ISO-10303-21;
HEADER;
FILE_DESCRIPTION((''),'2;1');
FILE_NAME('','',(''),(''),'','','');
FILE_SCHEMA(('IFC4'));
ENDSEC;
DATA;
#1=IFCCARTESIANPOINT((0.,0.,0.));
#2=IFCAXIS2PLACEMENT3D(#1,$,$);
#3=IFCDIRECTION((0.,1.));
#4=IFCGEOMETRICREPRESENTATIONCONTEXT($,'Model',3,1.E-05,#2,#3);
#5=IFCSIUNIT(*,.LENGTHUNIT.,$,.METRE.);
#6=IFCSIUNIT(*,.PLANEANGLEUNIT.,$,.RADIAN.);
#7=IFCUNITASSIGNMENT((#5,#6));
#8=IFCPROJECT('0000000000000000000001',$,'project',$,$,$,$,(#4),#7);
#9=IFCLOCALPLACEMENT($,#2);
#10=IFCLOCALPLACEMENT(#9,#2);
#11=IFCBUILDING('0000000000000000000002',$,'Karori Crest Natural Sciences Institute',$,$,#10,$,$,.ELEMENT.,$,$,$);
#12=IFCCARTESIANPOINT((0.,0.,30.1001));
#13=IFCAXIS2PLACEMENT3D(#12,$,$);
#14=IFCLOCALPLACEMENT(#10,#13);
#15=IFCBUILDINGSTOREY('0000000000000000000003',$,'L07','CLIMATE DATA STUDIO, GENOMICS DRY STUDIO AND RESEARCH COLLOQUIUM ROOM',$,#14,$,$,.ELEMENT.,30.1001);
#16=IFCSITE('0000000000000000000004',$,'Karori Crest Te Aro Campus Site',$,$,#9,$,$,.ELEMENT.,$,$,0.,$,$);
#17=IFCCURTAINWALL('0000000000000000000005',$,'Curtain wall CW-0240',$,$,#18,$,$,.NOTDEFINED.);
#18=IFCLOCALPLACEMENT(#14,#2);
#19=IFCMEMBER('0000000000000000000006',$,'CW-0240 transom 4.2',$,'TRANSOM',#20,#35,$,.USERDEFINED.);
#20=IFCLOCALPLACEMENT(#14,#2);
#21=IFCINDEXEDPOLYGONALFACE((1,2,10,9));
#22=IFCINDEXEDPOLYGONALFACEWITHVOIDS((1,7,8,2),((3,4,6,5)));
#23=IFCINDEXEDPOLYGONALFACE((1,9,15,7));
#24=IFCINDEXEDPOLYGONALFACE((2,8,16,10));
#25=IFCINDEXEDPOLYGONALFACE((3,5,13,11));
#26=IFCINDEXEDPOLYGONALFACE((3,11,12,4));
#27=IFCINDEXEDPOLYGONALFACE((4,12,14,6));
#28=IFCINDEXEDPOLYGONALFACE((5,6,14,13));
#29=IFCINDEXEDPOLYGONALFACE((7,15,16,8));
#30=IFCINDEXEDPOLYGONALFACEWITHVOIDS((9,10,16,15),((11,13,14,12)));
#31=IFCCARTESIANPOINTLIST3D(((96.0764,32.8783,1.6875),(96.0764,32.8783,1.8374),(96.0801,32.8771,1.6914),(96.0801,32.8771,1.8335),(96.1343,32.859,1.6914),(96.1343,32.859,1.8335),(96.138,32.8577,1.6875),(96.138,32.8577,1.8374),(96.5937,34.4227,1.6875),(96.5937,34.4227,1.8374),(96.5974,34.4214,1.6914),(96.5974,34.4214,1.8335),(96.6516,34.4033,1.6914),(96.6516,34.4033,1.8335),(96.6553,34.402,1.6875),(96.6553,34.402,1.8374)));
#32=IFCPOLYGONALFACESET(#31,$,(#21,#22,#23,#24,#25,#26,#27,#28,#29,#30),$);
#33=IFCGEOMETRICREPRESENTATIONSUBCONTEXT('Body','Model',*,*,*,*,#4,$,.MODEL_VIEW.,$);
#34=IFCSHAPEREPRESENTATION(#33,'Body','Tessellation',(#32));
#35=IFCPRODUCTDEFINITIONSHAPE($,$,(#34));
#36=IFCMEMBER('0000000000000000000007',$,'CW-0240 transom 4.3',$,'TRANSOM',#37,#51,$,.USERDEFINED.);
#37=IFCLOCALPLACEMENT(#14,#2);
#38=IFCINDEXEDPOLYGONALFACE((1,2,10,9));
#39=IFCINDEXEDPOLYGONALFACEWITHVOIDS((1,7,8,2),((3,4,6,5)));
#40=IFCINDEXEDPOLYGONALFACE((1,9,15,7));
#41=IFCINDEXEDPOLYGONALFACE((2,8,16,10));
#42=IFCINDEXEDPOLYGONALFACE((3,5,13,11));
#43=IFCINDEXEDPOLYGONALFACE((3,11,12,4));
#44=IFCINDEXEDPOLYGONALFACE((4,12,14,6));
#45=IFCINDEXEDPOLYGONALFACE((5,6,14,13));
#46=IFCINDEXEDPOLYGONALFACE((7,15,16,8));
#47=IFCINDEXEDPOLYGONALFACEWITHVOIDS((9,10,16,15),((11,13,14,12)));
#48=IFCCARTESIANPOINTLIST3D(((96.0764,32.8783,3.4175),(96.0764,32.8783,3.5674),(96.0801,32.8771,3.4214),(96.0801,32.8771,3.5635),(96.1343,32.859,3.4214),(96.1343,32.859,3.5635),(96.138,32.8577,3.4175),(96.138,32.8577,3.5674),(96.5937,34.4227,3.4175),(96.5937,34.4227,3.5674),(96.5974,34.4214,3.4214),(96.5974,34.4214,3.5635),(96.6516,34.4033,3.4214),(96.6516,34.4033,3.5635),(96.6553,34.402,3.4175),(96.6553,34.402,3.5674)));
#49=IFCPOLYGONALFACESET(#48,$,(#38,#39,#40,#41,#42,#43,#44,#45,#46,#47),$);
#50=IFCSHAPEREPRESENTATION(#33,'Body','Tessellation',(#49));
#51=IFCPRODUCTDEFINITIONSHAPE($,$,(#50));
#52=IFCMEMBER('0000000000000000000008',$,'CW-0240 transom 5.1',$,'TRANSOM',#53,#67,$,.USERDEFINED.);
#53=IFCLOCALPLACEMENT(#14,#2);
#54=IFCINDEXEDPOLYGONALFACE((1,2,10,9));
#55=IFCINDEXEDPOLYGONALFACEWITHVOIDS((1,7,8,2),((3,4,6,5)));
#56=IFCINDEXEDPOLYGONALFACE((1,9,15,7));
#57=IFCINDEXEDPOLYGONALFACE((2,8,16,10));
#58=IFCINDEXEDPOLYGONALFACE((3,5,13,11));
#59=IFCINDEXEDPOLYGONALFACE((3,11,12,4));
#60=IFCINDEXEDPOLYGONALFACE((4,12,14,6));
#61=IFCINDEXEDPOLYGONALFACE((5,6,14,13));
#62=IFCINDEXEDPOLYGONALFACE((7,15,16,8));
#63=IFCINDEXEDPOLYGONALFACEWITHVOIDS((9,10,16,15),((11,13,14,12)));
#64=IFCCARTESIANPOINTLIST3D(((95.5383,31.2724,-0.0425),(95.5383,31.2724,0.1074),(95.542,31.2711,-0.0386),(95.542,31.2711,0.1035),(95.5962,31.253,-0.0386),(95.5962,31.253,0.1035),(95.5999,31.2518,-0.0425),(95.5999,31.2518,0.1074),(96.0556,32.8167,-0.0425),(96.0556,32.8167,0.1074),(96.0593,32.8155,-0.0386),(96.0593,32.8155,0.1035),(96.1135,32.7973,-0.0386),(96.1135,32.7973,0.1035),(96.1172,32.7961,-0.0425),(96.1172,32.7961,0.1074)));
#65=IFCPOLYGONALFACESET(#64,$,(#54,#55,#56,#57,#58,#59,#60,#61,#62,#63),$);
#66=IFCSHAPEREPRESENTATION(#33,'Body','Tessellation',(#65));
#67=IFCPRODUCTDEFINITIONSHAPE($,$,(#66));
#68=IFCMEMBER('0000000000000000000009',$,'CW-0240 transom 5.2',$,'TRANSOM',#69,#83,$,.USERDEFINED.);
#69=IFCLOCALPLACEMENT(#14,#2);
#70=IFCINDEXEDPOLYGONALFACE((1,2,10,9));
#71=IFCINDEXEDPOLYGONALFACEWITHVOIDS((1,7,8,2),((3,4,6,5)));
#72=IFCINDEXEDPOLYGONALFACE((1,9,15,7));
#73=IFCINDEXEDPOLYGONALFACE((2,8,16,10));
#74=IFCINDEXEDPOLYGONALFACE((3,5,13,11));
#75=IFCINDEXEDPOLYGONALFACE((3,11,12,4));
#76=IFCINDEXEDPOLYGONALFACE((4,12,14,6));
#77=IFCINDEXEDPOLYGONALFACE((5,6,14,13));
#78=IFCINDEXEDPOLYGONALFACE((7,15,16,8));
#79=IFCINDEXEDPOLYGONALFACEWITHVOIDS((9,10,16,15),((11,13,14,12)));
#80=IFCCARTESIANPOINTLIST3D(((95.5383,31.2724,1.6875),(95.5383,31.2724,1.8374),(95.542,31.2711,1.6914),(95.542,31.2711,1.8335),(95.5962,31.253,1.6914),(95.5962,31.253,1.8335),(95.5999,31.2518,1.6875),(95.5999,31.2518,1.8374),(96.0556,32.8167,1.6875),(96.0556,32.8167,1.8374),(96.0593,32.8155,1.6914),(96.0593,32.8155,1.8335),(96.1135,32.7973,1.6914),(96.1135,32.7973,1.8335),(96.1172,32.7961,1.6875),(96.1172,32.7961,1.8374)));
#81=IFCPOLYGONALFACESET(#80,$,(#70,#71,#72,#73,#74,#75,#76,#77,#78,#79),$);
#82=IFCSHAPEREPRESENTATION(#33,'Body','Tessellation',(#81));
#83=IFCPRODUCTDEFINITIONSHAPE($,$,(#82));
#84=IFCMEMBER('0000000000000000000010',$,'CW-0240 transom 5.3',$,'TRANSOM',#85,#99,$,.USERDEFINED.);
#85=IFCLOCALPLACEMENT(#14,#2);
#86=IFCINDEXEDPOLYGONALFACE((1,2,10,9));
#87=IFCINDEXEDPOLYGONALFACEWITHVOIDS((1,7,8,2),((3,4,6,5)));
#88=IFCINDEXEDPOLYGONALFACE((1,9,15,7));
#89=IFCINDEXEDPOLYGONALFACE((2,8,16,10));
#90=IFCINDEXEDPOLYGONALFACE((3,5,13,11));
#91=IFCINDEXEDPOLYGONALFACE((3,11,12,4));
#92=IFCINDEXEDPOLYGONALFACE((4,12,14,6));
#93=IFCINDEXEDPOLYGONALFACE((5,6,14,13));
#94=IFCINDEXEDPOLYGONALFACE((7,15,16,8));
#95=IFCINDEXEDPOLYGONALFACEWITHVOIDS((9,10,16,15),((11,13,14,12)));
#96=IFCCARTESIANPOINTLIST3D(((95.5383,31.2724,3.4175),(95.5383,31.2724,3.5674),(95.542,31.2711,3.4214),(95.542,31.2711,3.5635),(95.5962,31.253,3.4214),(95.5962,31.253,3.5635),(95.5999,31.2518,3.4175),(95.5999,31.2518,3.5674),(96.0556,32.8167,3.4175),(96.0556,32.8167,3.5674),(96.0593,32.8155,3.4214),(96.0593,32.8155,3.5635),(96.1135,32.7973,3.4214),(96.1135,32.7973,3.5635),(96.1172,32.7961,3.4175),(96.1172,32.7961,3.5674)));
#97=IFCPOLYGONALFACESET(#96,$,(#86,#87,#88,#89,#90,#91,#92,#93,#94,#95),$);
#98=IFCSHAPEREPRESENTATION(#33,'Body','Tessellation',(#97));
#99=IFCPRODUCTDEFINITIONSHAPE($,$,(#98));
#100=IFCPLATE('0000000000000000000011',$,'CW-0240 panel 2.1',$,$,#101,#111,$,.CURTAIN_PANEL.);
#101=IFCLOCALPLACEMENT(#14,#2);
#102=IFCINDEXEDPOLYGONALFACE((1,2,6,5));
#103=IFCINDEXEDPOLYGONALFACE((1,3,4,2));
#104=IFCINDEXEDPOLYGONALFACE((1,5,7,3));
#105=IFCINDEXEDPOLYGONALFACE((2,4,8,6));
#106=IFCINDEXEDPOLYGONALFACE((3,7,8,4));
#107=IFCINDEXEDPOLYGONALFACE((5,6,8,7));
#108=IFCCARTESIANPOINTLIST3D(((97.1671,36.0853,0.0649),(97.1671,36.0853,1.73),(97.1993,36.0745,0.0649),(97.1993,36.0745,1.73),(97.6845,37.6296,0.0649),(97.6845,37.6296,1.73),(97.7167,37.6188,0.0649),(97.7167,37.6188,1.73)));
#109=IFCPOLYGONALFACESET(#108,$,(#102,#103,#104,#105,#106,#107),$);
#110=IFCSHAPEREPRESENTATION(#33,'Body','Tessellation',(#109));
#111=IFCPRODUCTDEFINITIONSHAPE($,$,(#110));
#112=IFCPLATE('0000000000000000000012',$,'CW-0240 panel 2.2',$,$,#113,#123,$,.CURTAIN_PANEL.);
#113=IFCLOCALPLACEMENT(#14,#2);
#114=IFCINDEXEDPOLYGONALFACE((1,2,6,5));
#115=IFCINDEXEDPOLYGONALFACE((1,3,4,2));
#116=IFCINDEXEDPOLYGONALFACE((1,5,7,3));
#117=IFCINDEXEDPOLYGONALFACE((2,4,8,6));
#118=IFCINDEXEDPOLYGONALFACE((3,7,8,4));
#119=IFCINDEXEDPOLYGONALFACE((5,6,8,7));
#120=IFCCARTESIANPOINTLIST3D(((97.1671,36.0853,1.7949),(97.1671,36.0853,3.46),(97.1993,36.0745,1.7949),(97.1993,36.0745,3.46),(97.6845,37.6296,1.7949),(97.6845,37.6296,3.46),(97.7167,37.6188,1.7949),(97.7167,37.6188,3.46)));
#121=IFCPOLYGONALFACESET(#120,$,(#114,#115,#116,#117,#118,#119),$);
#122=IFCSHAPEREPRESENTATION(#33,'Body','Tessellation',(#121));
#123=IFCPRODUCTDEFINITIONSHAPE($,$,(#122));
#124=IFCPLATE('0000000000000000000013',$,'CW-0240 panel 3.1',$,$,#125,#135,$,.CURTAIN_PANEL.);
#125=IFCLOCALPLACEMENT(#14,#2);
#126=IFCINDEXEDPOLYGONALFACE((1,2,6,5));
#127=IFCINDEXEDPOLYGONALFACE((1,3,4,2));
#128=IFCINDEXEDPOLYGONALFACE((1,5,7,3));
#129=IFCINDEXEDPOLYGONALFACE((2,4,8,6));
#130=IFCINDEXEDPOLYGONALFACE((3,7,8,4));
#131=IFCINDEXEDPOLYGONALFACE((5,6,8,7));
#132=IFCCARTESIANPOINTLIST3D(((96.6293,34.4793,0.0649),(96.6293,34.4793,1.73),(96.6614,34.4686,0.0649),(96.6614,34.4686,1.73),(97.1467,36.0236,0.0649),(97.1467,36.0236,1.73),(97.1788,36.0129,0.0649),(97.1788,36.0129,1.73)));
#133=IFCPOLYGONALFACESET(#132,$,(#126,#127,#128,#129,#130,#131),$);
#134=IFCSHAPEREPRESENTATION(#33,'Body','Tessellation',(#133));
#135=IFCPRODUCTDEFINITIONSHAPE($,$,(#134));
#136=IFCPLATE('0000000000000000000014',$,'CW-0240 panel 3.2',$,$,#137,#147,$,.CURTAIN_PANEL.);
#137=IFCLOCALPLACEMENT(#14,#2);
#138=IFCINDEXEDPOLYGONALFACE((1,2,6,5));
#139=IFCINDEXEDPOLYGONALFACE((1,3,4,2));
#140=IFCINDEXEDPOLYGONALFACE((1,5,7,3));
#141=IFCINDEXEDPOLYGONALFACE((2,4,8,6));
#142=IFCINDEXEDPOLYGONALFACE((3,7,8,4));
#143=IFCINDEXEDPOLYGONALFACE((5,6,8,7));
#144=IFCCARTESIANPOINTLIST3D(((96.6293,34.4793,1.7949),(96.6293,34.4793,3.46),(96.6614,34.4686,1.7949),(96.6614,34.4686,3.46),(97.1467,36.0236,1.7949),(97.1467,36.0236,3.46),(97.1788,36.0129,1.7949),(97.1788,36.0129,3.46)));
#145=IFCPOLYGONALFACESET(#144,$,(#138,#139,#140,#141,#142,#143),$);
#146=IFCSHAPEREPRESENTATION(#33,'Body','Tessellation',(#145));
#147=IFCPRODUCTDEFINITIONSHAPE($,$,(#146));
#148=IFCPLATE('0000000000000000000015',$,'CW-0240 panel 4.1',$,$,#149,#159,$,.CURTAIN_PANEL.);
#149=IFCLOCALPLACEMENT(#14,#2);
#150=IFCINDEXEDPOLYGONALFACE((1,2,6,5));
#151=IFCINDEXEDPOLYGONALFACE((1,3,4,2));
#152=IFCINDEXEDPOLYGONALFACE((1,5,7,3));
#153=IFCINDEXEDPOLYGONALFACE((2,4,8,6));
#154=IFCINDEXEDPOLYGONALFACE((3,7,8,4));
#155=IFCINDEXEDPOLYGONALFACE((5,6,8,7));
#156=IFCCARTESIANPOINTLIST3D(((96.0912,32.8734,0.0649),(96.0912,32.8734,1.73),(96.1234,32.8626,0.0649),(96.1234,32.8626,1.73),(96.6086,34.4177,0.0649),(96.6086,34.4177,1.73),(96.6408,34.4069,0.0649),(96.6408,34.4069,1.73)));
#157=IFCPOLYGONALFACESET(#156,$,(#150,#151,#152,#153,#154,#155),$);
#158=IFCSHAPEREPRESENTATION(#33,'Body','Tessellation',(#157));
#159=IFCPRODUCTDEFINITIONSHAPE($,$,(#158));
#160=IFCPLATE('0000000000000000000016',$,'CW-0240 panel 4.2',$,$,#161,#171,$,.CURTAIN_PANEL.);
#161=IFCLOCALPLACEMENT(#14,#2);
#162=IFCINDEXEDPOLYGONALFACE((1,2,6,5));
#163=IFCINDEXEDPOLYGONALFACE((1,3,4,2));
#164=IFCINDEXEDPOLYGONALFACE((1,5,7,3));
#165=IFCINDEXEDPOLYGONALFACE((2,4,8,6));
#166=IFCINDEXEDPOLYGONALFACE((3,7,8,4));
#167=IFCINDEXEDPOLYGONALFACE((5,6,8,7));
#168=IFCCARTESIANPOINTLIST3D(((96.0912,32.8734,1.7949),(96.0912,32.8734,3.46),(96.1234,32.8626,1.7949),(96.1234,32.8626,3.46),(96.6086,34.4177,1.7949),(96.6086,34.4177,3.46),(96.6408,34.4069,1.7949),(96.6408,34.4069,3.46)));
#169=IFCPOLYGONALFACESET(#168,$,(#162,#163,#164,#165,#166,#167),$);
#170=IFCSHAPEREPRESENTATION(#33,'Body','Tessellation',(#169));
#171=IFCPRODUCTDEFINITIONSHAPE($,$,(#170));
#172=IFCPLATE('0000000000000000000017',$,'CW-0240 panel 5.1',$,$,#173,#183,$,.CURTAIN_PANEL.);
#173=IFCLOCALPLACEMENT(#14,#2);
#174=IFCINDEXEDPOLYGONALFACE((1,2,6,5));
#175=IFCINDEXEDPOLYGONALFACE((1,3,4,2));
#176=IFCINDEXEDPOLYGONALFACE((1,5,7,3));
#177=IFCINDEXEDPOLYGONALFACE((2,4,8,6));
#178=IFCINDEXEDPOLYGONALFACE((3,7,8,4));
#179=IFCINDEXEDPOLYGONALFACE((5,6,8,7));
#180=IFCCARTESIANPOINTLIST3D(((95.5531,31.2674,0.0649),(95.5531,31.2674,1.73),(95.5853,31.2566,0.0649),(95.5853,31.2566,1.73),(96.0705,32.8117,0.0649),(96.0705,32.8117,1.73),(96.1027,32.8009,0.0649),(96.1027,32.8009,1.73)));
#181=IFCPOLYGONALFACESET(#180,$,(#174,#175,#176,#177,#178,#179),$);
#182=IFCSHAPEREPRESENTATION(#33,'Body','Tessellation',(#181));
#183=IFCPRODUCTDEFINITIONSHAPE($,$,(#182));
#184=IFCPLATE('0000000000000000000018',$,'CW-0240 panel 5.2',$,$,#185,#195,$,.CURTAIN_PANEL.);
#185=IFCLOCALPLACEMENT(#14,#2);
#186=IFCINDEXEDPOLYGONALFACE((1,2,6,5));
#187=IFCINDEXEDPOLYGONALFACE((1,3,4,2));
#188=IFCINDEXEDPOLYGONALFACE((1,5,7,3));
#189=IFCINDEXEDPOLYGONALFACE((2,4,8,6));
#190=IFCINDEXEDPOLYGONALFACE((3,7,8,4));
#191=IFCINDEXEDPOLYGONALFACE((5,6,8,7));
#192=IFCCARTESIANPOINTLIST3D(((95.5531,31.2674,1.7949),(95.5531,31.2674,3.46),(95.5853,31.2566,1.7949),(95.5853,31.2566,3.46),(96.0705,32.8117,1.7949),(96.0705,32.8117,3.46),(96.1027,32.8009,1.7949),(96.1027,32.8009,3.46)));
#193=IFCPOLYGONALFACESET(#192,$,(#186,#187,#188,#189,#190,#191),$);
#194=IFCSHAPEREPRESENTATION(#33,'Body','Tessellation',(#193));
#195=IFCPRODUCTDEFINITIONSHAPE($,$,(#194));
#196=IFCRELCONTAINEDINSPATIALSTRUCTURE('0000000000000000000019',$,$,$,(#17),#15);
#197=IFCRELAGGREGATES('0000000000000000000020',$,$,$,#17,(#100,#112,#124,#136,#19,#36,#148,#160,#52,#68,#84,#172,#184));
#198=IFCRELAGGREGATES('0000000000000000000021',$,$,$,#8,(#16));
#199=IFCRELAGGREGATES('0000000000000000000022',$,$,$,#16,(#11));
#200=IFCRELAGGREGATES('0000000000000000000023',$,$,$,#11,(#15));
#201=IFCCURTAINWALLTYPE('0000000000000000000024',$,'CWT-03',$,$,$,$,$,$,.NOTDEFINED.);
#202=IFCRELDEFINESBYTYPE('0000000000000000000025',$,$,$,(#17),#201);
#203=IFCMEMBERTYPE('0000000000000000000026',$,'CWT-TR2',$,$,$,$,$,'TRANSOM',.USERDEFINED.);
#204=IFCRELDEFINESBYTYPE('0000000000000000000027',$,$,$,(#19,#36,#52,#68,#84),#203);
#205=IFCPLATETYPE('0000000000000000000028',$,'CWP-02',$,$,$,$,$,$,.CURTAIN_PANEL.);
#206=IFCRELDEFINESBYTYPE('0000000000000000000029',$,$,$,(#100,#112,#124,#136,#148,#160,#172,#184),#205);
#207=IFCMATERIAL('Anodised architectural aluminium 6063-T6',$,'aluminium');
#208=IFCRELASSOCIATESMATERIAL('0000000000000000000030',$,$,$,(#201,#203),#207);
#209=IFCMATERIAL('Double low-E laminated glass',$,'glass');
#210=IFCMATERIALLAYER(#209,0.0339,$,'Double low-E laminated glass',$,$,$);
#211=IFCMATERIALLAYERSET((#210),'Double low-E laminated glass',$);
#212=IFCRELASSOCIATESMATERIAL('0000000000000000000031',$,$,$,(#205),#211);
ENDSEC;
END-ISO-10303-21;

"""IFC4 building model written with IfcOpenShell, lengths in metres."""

from ifc_helpers import new_model, si_unit, direction, frame, origin, origin_2d, place, context, subcontext, project, spatial, rectangle, hollow_rectangle, extrude, material, layer, layer_set, material_profile, profile_set, type_object, element, aggregate, save


model = new_model("IFC4")

# Units and contexts
model_context = context("Model", 3, precision=1e-05, world=origin(), true_north=direction((0.0, 1.0)))
body_context = subcontext(model_context, "Body", "Model", "MODEL_VIEW")
ifc_project = project(units=[si_unit("LENGTHUNIT", "METRE"), si_unit("PLANEANGLEUNIT", "RADIAN")], contexts=[model_context])

# Site, building, storey
site_placement = place(None, origin())
site = spatial("IfcSite", under=ifc_project, at=site_placement, Name="Karori Crest Te Aro Campus Site", CompositionType="ELEMENT", RefElevation=0.0)
building_placement = place(site_placement, origin())
building = spatial("IfcBuilding", under=site, at=building_placement, Name="Karori Crest Natural Sciences Institute", CompositionType="ELEMENT")
storey_placement = place(building_placement, frame((0.0, 0.0, 30.1001)))
storey = spatial("IfcBuildingStorey", under=building, at=storey_placement, Name="L07", Description="CLIMATE DATA STUDIO, GENOMICS DRY STUDIO AND RESEARCH COLLOQUIUM ROOM", CompositionType="ELEMENT", Elevation=30.1001)

# Curtain wall, members, plates
ifc_material_1 = material(Name="Anodised architectural aluminium 6063-T6", Category="aluminium")
curtain_wall_type = type_object("IfcCurtainWallType", Name="CWT-03", PredefinedType="NOTDEFINED", material=ifc_material_1)
curtain_wall_placement = place(storey_placement, origin())
curtain_wall = element("IfcCurtainWall", 1, at=curtain_wall_placement, inside=storey, type_object=curtain_wall_type, Name="Curtain wall CW-0240", PredefinedType="NOTDEFINED")
ifc_material_profile_1 = material_profile(ifc_material_1, hollow_rectangle(XDim=0.0649, YDim=0.1499, WallThickness=0.0039, at=origin_2d()), Name="CWT150x65x4")
ifc_profile_set_1 = profile_set([ifc_material_profile_1], Name="Anodised architectural aluminium 6063-T6")
member_type_1 = type_object("IfcMemberType", Name="CWT-TR2", ElementType="TRANSOM", PredefinedType="USERDEFINED", material=ifc_profile_set_1)
member_1_placement = place(storey_placement, frame((96.6245, 34.4124, 1.7625), z_axis=(-0.317621, -0.948218, 0.0), x_axis=(0.948218, -0.317621, 0.0)))
member_1 = element("IfcMember", 2, at=member_1_placement, type_object=member_type_1, Name="CW-0240 transom 4.2", ObjectType="TRANSOM", PredefinedType="USERDEFINED", context=body_context, shape_type="SweptSolid", body=[
    extrude(hollow_rectangle(XDim=0.0649, YDim=0.1499, WallThickness=0.0039, at=origin_2d()), origin(), (0.0, 0.0, 1.0), 1.6287),
])
member_2_placement = place(storey_placement, frame((96.6245, 34.4124, 3.4924), z_axis=(-0.317621, -0.948218, 0.0), x_axis=(0.948218, -0.317621, 0.0)))
member_2 = element("IfcMember", 3, at=member_2_placement, type_object=member_type_1, Name="CW-0240 transom 4.3", ObjectType="TRANSOM", PredefinedType="USERDEFINED", context=body_context, shape_type="SweptSolid", body=[
    extrude(hollow_rectangle(XDim=0.0649, YDim=0.1499, WallThickness=0.0039, at=origin_2d()), origin(), (0.0, 0.0, 1.0), 1.6287),
])
member_3_placement = place(storey_placement, frame((96.0864, 32.8064, 0.0325), z_axis=(-0.317621, -0.948218, 0.0), x_axis=(0.948218, -0.317621, 0.0)))
member_3 = element("IfcMember", 4, at=member_3_placement, type_object=member_type_1, Name="CW-0240 transom 5.1", ObjectType="TRANSOM", PredefinedType="USERDEFINED", context=body_context, shape_type="SweptSolid", body=[
    extrude(hollow_rectangle(XDim=0.0649, YDim=0.1499, WallThickness=0.0039, at=origin_2d()), origin(), (0.0, 0.0, 1.0), 1.6287),
])
member_4_placement = place(storey_placement, frame((96.0864, 32.8064, 1.7625), z_axis=(-0.317621, -0.948218, 0.0), x_axis=(0.948218, -0.317621, 0.0)))
member_4 = element("IfcMember", 5, at=member_4_placement, type_object=member_type_1, Name="CW-0240 transom 5.2", ObjectType="TRANSOM", PredefinedType="USERDEFINED", context=body_context, shape_type="SweptSolid", body=[
    extrude(hollow_rectangle(XDim=0.0649, YDim=0.1499, WallThickness=0.0039, at=origin_2d()), origin(), (0.0, 0.0, 1.0), 1.6287),
])
member_5_placement = place(storey_placement, frame((96.0864, 32.8064, 3.4924), z_axis=(-0.317621, -0.948218, 0.0), x_axis=(0.948218, -0.317621, 0.0)))
member_5 = element("IfcMember", 6, at=member_5_placement, type_object=member_type_1, Name="CW-0240 transom 5.3", ObjectType="TRANSOM", PredefinedType="USERDEFINED", context=body_context, shape_type="SweptSolid", body=[
    extrude(hollow_rectangle(XDim=0.0649, YDim=0.1499, WallThickness=0.0039, at=origin_2d()), origin(), (0.0, 0.0, 1.0), 1.6287),
])
ifc_material_2 = material(Name="Double low-E laminated glass", Category="glass")
ifc_layer_1 = layer(ifc_material_2, 0.0339, Name="Double low-E laminated glass")
ifc_layer_set_1 = layer_set([ifc_layer_1], Name="Double low-E laminated glass")
plate_type = type_object("IfcPlateType", Name="CWP-02", PredefinedType="CURTAIN_PANEL", material=ifc_layer_set_1)
plate_1_placement = place(storey_placement, frame((97.4419, 36.8521, 0.0649), z_axis=(0.0, 0.0, 1.0), x_axis=(-0.31768, -0.948198, 0.0)))
plate_1 = element("IfcPlate", 7, at=plate_1_placement, type_object=plate_type, Name="CW-0240 panel 2.1", PredefinedType="CURTAIN_PANEL", context=body_context, shape_type="SweptSolid", body=[
    extrude(rectangle(XDim=1.6287, YDim=0.0339, at=origin_2d()), origin(), (0.0, 0.0, 1.0), 1.665),
])
plate_2_placement = place(storey_placement, frame((97.4419, 36.8521, 1.7949), z_axis=(0.0, 0.0, 1.0), x_axis=(-0.31768, -0.948198, 0.0)))
plate_2 = element("IfcPlate", 8, at=plate_2_placement, type_object=plate_type, Name="CW-0240 panel 2.2", PredefinedType="CURTAIN_PANEL", context=body_context, shape_type="SweptSolid", body=[
    extrude(rectangle(XDim=1.6287, YDim=0.0339, at=origin_2d()), origin(), (0.0, 0.0, 1.0), 1.665),
])
plate_3_placement = place(storey_placement, frame((96.9041, 35.2461, 0.0649), z_axis=(0.0, 0.0, 1.0), x_axis=(-0.31768, -0.948198, 0.0)))
plate_3 = element("IfcPlate", 9, at=plate_3_placement, type_object=plate_type, Name="CW-0240 panel 3.1", PredefinedType="CURTAIN_PANEL", context=body_context, shape_type="SweptSolid", body=[
    extrude(rectangle(XDim=1.6287, YDim=0.0339, at=origin_2d()), origin(), (0.0, 0.0, 1.0), 1.665),
])
plate_4_placement = place(storey_placement, frame((96.9041, 35.2461, 1.7949), z_axis=(0.0, 0.0, 1.0), x_axis=(-0.31768, -0.948198, 0.0)))
plate_4 = element("IfcPlate", 10, at=plate_4_placement, type_object=plate_type, Name="CW-0240 panel 3.2", PredefinedType="CURTAIN_PANEL", context=body_context, shape_type="SweptSolid", body=[
    extrude(rectangle(XDim=1.6287, YDim=0.0339, at=origin_2d()), origin(), (0.0, 0.0, 1.0), 1.665),
])
plate_5_placement = place(storey_placement, frame((96.366, 33.6401, 0.0649), z_axis=(0.0, 0.0, 1.0), x_axis=(-0.31768, -0.948198, 0.0)))
plate_5 = element("IfcPlate", 11, at=plate_5_placement, type_object=plate_type, Name="CW-0240 panel 4.1", PredefinedType="CURTAIN_PANEL", context=body_context, shape_type="SweptSolid", body=[
    extrude(rectangle(XDim=1.6287, YDim=0.0339, at=origin_2d()), origin(), (0.0, 0.0, 1.0), 1.665),
])
plate_6_placement = place(storey_placement, frame((96.366, 33.6401, 1.7949), z_axis=(0.0, 0.0, 1.0), x_axis=(-0.31768, -0.948198, 0.0)))
plate_6 = element("IfcPlate", 12, at=plate_6_placement, type_object=plate_type, Name="CW-0240 panel 4.2", PredefinedType="CURTAIN_PANEL", context=body_context, shape_type="SweptSolid", body=[
    extrude(rectangle(XDim=1.6287, YDim=0.0339, at=origin_2d()), origin(), (0.0, 0.0, 1.0), 1.665),
])
plate_7_placement = place(storey_placement, frame((95.8279, 32.0342, 0.0649), z_axis=(0.0, 0.0, 1.0), x_axis=(-0.31768, -0.948198, 0.0)))
plate_7 = element("IfcPlate", 13, at=plate_7_placement, type_object=plate_type, Name="CW-0240 panel 5.1", PredefinedType="CURTAIN_PANEL", context=body_context, shape_type="SweptSolid", body=[
    extrude(rectangle(XDim=1.6287, YDim=0.0339, at=origin_2d()), origin(), (0.0, 0.0, 1.0), 1.665),
])
plate_8_placement = place(storey_placement, frame((95.8279, 32.0342, 1.7949), z_axis=(0.0, 0.0, 1.0), x_axis=(-0.31768, -0.948198, 0.0)))
plate_8 = element("IfcPlate", 14, at=plate_8_placement, type_object=plate_type, Name="CW-0240 panel 5.2", PredefinedType="CURTAIN_PANEL", context=body_context, shape_type="SweptSolid", body=[
    extrude(rectangle(XDim=1.6287, YDim=0.0339, at=origin_2d()), origin(), (0.0, 0.0, 1.0), 1.665),
])
aggregate(curtain_wall, [plate_1, plate_2, plate_3, plate_4, member_1, member_2, plate_5, plate_6, member_3, member_4, member_5, plate_7, plate_8])

save(model, "model.ifc")
